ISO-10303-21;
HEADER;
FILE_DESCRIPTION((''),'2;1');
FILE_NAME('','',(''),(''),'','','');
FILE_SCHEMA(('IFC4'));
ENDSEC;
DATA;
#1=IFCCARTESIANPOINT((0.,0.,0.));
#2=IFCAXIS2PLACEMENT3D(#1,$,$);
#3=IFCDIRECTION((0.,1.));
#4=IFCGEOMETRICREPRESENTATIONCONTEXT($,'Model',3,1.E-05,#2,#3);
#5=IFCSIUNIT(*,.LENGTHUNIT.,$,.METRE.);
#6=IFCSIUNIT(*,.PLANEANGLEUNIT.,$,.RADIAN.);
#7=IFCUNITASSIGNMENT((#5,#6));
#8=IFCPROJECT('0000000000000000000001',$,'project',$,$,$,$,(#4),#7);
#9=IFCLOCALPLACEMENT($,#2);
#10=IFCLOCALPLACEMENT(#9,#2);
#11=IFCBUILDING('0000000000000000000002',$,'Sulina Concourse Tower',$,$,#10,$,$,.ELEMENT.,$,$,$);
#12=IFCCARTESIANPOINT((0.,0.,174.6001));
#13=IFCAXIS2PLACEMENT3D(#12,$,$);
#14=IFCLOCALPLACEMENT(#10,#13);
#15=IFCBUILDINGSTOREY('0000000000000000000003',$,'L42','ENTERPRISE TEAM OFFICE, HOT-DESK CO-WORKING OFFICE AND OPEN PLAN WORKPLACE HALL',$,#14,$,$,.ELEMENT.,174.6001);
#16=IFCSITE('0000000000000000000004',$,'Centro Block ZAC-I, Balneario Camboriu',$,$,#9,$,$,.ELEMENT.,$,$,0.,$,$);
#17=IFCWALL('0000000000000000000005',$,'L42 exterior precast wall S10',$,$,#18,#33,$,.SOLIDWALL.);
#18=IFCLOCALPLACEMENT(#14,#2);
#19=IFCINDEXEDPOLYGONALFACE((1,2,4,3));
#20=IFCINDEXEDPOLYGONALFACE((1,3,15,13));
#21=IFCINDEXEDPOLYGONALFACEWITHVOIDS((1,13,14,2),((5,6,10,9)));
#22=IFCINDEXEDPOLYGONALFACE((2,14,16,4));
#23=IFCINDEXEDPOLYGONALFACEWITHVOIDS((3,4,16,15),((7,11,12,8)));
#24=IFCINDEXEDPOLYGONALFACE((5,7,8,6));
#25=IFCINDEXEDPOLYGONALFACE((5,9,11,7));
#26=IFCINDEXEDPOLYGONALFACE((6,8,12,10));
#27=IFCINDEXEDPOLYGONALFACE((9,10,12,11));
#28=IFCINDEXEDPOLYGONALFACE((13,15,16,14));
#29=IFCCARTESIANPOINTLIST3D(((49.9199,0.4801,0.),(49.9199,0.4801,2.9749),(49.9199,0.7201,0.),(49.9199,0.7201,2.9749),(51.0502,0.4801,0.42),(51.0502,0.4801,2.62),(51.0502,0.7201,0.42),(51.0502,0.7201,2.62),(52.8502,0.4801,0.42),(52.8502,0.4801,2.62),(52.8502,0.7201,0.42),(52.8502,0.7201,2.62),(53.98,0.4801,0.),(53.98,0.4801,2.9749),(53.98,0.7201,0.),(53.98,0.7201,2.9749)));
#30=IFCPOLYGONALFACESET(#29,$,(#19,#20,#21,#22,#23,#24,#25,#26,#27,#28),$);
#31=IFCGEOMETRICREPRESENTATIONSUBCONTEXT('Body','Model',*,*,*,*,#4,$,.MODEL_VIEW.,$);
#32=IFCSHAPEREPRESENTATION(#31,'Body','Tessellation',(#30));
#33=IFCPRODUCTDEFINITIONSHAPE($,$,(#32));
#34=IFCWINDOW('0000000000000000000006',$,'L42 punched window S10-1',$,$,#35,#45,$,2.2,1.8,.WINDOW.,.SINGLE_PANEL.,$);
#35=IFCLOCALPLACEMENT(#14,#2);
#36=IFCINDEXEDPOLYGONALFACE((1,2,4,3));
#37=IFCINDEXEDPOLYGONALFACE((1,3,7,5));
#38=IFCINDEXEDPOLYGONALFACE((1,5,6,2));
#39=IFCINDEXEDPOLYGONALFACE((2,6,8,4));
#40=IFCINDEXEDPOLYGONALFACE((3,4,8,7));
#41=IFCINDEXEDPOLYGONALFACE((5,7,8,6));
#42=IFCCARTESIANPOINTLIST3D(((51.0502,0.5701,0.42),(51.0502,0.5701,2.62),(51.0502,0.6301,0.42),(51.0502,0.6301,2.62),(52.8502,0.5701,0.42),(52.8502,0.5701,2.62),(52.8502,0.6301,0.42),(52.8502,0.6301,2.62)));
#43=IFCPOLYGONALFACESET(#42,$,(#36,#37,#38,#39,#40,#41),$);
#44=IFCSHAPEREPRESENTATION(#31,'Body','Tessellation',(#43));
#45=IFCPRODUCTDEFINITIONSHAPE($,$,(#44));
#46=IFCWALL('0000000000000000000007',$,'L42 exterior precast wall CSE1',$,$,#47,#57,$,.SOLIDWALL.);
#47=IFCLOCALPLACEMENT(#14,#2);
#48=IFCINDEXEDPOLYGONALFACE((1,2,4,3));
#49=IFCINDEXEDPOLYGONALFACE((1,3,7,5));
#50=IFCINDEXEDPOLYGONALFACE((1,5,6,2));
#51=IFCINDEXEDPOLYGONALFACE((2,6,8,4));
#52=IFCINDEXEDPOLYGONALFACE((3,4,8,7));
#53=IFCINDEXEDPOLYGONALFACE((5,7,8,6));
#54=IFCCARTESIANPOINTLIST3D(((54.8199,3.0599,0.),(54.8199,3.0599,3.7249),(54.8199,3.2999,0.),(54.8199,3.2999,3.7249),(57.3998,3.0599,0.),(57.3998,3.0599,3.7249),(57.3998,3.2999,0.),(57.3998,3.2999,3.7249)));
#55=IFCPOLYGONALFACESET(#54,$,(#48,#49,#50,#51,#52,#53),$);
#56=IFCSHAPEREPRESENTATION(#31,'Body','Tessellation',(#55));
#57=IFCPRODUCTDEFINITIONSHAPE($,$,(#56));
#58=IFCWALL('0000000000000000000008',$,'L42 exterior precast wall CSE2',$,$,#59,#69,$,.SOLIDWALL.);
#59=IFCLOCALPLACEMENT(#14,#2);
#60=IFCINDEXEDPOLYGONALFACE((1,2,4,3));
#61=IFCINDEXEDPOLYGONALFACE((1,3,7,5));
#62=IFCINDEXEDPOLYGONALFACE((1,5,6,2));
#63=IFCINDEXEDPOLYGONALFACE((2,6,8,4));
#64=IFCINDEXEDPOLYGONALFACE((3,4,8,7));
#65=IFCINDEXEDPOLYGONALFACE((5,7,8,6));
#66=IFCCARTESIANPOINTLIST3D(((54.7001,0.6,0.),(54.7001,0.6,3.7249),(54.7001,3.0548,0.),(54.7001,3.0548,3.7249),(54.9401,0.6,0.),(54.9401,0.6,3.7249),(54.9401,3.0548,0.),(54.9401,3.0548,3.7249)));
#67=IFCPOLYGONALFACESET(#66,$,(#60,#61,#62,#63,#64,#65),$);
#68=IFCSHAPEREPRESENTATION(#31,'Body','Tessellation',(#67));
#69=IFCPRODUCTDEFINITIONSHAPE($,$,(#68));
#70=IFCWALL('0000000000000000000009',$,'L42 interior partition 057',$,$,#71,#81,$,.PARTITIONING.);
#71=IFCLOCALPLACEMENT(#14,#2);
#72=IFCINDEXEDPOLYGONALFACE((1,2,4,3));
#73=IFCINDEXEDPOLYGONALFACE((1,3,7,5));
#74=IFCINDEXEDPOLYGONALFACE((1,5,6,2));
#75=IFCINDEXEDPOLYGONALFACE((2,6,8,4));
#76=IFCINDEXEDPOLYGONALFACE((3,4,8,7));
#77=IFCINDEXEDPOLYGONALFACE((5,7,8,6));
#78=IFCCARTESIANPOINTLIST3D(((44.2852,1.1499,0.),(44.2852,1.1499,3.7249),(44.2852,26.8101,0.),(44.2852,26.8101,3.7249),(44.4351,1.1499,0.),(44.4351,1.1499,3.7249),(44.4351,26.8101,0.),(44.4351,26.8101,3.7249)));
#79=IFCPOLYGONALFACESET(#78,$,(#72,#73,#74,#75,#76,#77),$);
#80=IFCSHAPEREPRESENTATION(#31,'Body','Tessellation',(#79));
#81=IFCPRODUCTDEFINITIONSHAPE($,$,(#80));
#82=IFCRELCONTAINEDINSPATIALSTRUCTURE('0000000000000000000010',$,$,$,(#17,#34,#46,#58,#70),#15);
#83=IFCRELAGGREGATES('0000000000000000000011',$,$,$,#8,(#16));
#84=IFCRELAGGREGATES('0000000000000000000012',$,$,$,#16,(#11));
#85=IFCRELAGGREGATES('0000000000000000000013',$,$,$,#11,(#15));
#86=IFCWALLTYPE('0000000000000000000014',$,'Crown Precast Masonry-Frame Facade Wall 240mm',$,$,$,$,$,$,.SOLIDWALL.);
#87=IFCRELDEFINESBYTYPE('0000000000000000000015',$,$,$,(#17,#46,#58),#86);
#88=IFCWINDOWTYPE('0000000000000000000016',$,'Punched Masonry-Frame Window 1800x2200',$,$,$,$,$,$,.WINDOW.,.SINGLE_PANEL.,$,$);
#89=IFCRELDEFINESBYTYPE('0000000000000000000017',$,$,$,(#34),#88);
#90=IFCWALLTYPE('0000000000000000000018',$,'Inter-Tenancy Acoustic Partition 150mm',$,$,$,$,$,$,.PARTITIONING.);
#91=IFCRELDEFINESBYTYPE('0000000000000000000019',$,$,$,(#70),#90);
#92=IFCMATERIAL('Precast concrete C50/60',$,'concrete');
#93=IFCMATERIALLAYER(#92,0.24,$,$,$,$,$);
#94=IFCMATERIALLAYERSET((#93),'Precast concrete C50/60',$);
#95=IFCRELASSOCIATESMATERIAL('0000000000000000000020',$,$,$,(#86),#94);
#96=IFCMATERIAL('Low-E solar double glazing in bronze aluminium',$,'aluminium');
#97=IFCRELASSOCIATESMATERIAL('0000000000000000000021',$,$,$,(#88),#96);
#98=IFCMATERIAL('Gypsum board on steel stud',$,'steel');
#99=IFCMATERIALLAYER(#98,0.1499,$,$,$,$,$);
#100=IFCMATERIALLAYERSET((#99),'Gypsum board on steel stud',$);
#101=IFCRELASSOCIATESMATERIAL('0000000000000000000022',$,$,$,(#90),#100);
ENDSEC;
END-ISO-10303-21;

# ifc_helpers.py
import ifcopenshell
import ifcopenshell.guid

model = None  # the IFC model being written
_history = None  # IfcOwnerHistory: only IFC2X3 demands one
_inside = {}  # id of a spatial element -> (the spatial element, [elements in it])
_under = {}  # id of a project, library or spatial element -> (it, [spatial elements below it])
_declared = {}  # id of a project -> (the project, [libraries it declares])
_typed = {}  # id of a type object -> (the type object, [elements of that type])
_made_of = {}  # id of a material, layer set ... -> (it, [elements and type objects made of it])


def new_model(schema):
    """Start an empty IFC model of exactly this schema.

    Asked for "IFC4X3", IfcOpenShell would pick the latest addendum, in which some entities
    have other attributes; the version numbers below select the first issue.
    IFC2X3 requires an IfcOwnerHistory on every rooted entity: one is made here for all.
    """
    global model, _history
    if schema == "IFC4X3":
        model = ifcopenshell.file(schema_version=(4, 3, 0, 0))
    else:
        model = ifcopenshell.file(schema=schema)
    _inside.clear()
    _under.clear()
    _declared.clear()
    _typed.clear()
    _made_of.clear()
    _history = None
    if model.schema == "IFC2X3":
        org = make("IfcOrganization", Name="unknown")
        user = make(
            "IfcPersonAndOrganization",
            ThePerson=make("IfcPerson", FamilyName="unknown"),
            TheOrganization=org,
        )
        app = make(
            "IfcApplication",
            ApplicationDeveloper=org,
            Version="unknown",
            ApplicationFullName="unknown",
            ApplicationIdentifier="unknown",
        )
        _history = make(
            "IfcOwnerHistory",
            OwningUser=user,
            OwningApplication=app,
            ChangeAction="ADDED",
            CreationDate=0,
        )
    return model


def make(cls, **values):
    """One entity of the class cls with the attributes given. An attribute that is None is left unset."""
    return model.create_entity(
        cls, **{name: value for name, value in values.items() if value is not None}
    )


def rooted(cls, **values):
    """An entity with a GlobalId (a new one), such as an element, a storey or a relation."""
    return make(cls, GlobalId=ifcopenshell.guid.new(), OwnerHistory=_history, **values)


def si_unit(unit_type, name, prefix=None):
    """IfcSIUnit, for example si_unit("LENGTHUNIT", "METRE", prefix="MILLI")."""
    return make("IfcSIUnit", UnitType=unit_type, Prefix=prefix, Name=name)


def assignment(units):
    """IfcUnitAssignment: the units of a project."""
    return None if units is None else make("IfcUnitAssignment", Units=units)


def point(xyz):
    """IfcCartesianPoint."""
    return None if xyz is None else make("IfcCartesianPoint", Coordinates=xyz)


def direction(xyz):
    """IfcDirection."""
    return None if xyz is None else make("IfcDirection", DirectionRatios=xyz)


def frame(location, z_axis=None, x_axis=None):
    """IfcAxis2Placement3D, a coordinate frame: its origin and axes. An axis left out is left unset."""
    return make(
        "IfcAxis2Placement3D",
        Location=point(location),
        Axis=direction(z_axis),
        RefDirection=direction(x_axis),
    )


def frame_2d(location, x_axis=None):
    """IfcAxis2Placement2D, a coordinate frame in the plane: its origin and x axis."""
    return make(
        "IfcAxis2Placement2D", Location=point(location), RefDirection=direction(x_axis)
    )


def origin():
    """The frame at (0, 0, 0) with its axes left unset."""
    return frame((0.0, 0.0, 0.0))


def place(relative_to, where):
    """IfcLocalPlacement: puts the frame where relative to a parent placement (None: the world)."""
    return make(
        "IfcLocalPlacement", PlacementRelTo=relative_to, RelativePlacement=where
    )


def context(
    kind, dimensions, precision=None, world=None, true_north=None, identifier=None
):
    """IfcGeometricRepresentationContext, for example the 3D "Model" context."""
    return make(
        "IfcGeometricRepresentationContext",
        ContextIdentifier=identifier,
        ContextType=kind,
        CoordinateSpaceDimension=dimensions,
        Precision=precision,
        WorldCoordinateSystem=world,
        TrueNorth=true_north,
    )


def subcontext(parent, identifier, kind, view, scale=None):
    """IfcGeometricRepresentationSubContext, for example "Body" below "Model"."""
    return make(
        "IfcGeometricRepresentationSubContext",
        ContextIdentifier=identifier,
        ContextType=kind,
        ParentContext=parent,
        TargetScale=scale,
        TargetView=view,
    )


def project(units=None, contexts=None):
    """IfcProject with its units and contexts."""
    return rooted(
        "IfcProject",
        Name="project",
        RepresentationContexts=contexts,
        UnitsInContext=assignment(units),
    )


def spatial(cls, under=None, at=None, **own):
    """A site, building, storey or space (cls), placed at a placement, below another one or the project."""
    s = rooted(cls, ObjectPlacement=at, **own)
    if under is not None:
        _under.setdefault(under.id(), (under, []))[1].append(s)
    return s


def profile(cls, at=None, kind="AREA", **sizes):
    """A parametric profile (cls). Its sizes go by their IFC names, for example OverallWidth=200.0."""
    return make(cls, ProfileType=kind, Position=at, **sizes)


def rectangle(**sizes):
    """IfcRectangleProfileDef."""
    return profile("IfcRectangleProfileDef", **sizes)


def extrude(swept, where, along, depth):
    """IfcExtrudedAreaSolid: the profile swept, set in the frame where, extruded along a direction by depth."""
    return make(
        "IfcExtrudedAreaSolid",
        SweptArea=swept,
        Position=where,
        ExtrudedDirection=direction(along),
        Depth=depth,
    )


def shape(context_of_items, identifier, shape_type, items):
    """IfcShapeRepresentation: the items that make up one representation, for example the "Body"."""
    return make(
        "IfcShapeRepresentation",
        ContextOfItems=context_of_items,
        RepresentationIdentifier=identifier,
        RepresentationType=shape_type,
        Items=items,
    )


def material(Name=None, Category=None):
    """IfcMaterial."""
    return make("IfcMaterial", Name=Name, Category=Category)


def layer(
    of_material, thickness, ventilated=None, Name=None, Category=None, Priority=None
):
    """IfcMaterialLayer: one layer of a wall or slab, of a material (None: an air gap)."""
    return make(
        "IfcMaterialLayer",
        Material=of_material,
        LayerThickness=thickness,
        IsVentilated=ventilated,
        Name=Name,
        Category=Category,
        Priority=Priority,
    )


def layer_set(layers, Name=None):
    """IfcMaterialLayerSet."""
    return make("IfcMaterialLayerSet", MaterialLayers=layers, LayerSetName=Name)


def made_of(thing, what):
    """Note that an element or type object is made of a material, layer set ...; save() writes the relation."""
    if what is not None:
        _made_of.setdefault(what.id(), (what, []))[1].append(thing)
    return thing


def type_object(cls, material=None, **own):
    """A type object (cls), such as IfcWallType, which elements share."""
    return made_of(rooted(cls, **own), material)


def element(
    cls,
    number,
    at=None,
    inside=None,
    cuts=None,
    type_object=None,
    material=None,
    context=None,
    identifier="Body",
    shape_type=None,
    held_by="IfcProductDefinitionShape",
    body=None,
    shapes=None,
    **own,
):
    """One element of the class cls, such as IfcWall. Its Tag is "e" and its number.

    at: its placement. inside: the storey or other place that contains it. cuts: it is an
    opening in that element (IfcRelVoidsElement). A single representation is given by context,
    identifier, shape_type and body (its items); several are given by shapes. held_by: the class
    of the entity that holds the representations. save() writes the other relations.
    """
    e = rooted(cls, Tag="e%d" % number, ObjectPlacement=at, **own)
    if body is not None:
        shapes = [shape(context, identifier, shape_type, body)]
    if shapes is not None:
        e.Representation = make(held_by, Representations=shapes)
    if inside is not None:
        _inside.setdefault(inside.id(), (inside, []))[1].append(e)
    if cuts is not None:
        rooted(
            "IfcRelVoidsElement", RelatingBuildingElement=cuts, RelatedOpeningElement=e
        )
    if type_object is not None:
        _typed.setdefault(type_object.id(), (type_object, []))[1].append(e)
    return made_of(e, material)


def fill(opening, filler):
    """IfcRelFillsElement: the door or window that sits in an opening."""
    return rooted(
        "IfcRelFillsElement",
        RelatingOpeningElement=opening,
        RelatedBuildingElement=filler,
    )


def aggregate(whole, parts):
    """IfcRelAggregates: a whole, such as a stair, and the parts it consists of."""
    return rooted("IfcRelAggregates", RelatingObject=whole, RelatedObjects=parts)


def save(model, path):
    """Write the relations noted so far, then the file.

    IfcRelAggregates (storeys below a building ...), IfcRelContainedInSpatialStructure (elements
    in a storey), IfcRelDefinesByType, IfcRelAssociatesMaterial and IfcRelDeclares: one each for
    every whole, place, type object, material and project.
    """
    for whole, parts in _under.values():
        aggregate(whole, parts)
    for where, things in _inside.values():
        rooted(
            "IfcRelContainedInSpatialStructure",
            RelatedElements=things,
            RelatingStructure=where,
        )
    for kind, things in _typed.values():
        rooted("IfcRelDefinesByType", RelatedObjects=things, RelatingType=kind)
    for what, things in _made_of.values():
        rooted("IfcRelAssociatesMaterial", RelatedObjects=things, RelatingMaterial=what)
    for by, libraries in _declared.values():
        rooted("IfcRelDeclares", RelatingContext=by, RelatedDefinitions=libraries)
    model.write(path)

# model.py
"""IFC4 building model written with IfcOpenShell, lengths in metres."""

from ifc_helpers import new_model, si_unit, direction, frame, frame_2d, origin, place, context, subcontext, project, spatial, rectangle, extrude, material, layer, layer_set, type_object, element, fill, save


model = new_model("IFC4")

# Units and contexts
model_context = context("Model", 3, precision=1e-05, world=origin(), true_north=direction((0.0, 1.0)))
body_context = subcontext(model_context, "Body", "Model", "MODEL_VIEW")
ifc_project = project(units=[si_unit("LENGTHUNIT", "METRE"), si_unit("PLANEANGLEUNIT", "RADIAN")], contexts=[model_context])

# Site, building, storey
site_placement = place(None, origin())
site = spatial("IfcSite", under=ifc_project, at=site_placement, Name="Centro Block ZAC-I, Balneario Camboriu", CompositionType="ELEMENT", RefElevation=0.0)
building_placement = place(site_placement, origin())
building = spatial("IfcBuilding", under=site, at=building_placement, Name="Sulina Concourse Tower", CompositionType="ELEMENT")
storey_placement = place(building_placement, frame((0.0, 0.0, 174.6001)))
storey = spatial("IfcBuildingStorey", under=building, at=storey_placement, Name="L42", Description="ENTERPRISE TEAM OFFICE, HOT-DESK CO-WORKING OFFICE AND OPEN PLAN WORKPLACE HALL", CompositionType="ELEMENT", Elevation=174.6001)

# Shared definitions
ifc_material_1 = material(Name="Precast concrete C50/60", Category="concrete")
ifc_layer_1 = layer(ifc_material_1, 0.24)
ifc_layer_set_1 = layer_set([ifc_layer_1], Name="Precast concrete C50/60")
wall_type_1 = type_object("IfcWallType", Name="Crown Precast Masonry-Frame Facade Wall 240mm", PredefinedType="SOLIDWALL", material=ifc_layer_set_1)

# Wall, opening, window
wall_1_placement = place(storey_placement, frame((53.98, 0.6001, 0.0), z_axis=(0.0, 0.0, 1.0), x_axis=(-1.0, 0.0, 0.0)))
wall_1 = element("IfcWall", 1, at=wall_1_placement, inside=storey, type_object=wall_type_1, Name="L42 exterior precast wall S10", PredefinedType="SOLIDWALL", context=body_context, shape_type="SweptSolid", body=[
    extrude(rectangle(XDim=4.0601, YDim=0.24, at=frame_2d((2.03, 0.0))), origin(), (0.0, 0.0, 1.0), 2.9749),
])
opening_placement = place(wall_1_placement, frame((1.1299, 0.0, 0.4199)))
opening = element("IfcOpeningElement", 2, at=opening_placement, cuts=wall_1, PredefinedType="OPENING", context=body_context, shape_type="SweptSolid", body=[
    extrude(rectangle(XDim=1.8, YDim=2.2, at=frame_2d((0.8999, 1.1001))), frame((0.0, 0.1299, 0.0), z_axis=(0.0, -1.0, 0.0), x_axis=(1.0, 0.0, 0.0)), (0.0, 0.0, 1.0), 0.26),
])
ifc_material_2 = material(Name="Low-E solar double glazing in bronze aluminium", Category="aluminium")
window_type = type_object("IfcWindowType", Name="Punched Masonry-Frame Window 1800x2200", PartitioningType="SINGLE_PANEL", PredefinedType="WINDOW", material=ifc_material_2)
window_placement = place(opening_placement, origin())
window = element("IfcWindow", 3, at=window_placement, inside=storey, type_object=window_type, Name="L42 punched window S10-1", OverallHeight=2.2, OverallWidth=1.8, PartitioningType="SINGLE_PANEL", PredefinedType="WINDOW", context=body_context, shape_type="SweptSolid", body=[
    extrude(rectangle(XDim=1.8, YDim=2.2, at=frame_2d((0.8999, 1.1001))), frame((0.0, 0.03, 0.0), z_axis=(0.0, -1.0, 0.0), x_axis=(1.0, 0.0, 0.0)), (0.0, 0.0, 1.0), 0.0601),
])
fill(opening, window)

# Walls
wall_2_placement = place(storey_placement, frame((57.3999, 3.1799, 0.0), z_axis=(0.0, 0.0, 1.0), x_axis=(-1.0, 0.0, 0.0)))
element("IfcWall", 4, at=wall_2_placement, inside=storey, type_object=wall_type_1, Name="L42 exterior precast wall CSE1", PredefinedType="SOLIDWALL", context=body_context, shape_type="SweptSolid", body=[
    extrude(rectangle(XDim=2.5798, YDim=0.24, at=frame_2d((1.29, 0.0))), origin(), (0.0, 0.0, 1.0), 3.7249),
])
wall_3_placement = place(storey_placement, frame((54.8201, 3.0549, 0.0), z_axis=(0.0, 0.0, 1.0), x_axis=(0.0, -1.0, 0.0)))
element("IfcWall", 5, at=wall_3_placement, inside=storey, type_object=wall_type_1, Name="L42 exterior precast wall CSE2", PredefinedType="SOLIDWALL", context=body_context, shape_type="SweptSolid", body=[
    extrude(rectangle(XDim=2.4548, YDim=0.24, at=frame_2d((1.2275, 0.0))), origin(), (0.0, 0.0, 1.0), 3.7249),
])
ifc_material_3 = material(Name="Gypsum board on steel stud", Category="steel")
ifc_layer_2 = layer(ifc_material_3, 0.1499)
ifc_layer_set_2 = layer_set([ifc_layer_2], Name="Gypsum board on steel stud")
wall_type_2 = type_object("IfcWallType", Name="Inter-Tenancy Acoustic Partition 150mm", PredefinedType="PARTITIONING", material=ifc_layer_set_2)
wall_4_placement = place(storey_placement, frame((44.3601, 1.1499, 0.0), z_axis=(0.0, 0.0, 1.0), x_axis=(0.0, 1.0, 0.0)))
element("IfcWall", 6, at=wall_4_placement, inside=storey, type_object=wall_type_2, Name="L42 interior partition 057", PredefinedType="PARTITIONING", context=body_context, shape_type="SweptSolid", body=[
    extrude(rectangle(XDim=25.6602, YDim=0.1499, at=frame_2d((12.8301, 0.0))), origin(), (0.0, 0.0, 1.0), 3.7249),
])

save(model, "model.ifc")
